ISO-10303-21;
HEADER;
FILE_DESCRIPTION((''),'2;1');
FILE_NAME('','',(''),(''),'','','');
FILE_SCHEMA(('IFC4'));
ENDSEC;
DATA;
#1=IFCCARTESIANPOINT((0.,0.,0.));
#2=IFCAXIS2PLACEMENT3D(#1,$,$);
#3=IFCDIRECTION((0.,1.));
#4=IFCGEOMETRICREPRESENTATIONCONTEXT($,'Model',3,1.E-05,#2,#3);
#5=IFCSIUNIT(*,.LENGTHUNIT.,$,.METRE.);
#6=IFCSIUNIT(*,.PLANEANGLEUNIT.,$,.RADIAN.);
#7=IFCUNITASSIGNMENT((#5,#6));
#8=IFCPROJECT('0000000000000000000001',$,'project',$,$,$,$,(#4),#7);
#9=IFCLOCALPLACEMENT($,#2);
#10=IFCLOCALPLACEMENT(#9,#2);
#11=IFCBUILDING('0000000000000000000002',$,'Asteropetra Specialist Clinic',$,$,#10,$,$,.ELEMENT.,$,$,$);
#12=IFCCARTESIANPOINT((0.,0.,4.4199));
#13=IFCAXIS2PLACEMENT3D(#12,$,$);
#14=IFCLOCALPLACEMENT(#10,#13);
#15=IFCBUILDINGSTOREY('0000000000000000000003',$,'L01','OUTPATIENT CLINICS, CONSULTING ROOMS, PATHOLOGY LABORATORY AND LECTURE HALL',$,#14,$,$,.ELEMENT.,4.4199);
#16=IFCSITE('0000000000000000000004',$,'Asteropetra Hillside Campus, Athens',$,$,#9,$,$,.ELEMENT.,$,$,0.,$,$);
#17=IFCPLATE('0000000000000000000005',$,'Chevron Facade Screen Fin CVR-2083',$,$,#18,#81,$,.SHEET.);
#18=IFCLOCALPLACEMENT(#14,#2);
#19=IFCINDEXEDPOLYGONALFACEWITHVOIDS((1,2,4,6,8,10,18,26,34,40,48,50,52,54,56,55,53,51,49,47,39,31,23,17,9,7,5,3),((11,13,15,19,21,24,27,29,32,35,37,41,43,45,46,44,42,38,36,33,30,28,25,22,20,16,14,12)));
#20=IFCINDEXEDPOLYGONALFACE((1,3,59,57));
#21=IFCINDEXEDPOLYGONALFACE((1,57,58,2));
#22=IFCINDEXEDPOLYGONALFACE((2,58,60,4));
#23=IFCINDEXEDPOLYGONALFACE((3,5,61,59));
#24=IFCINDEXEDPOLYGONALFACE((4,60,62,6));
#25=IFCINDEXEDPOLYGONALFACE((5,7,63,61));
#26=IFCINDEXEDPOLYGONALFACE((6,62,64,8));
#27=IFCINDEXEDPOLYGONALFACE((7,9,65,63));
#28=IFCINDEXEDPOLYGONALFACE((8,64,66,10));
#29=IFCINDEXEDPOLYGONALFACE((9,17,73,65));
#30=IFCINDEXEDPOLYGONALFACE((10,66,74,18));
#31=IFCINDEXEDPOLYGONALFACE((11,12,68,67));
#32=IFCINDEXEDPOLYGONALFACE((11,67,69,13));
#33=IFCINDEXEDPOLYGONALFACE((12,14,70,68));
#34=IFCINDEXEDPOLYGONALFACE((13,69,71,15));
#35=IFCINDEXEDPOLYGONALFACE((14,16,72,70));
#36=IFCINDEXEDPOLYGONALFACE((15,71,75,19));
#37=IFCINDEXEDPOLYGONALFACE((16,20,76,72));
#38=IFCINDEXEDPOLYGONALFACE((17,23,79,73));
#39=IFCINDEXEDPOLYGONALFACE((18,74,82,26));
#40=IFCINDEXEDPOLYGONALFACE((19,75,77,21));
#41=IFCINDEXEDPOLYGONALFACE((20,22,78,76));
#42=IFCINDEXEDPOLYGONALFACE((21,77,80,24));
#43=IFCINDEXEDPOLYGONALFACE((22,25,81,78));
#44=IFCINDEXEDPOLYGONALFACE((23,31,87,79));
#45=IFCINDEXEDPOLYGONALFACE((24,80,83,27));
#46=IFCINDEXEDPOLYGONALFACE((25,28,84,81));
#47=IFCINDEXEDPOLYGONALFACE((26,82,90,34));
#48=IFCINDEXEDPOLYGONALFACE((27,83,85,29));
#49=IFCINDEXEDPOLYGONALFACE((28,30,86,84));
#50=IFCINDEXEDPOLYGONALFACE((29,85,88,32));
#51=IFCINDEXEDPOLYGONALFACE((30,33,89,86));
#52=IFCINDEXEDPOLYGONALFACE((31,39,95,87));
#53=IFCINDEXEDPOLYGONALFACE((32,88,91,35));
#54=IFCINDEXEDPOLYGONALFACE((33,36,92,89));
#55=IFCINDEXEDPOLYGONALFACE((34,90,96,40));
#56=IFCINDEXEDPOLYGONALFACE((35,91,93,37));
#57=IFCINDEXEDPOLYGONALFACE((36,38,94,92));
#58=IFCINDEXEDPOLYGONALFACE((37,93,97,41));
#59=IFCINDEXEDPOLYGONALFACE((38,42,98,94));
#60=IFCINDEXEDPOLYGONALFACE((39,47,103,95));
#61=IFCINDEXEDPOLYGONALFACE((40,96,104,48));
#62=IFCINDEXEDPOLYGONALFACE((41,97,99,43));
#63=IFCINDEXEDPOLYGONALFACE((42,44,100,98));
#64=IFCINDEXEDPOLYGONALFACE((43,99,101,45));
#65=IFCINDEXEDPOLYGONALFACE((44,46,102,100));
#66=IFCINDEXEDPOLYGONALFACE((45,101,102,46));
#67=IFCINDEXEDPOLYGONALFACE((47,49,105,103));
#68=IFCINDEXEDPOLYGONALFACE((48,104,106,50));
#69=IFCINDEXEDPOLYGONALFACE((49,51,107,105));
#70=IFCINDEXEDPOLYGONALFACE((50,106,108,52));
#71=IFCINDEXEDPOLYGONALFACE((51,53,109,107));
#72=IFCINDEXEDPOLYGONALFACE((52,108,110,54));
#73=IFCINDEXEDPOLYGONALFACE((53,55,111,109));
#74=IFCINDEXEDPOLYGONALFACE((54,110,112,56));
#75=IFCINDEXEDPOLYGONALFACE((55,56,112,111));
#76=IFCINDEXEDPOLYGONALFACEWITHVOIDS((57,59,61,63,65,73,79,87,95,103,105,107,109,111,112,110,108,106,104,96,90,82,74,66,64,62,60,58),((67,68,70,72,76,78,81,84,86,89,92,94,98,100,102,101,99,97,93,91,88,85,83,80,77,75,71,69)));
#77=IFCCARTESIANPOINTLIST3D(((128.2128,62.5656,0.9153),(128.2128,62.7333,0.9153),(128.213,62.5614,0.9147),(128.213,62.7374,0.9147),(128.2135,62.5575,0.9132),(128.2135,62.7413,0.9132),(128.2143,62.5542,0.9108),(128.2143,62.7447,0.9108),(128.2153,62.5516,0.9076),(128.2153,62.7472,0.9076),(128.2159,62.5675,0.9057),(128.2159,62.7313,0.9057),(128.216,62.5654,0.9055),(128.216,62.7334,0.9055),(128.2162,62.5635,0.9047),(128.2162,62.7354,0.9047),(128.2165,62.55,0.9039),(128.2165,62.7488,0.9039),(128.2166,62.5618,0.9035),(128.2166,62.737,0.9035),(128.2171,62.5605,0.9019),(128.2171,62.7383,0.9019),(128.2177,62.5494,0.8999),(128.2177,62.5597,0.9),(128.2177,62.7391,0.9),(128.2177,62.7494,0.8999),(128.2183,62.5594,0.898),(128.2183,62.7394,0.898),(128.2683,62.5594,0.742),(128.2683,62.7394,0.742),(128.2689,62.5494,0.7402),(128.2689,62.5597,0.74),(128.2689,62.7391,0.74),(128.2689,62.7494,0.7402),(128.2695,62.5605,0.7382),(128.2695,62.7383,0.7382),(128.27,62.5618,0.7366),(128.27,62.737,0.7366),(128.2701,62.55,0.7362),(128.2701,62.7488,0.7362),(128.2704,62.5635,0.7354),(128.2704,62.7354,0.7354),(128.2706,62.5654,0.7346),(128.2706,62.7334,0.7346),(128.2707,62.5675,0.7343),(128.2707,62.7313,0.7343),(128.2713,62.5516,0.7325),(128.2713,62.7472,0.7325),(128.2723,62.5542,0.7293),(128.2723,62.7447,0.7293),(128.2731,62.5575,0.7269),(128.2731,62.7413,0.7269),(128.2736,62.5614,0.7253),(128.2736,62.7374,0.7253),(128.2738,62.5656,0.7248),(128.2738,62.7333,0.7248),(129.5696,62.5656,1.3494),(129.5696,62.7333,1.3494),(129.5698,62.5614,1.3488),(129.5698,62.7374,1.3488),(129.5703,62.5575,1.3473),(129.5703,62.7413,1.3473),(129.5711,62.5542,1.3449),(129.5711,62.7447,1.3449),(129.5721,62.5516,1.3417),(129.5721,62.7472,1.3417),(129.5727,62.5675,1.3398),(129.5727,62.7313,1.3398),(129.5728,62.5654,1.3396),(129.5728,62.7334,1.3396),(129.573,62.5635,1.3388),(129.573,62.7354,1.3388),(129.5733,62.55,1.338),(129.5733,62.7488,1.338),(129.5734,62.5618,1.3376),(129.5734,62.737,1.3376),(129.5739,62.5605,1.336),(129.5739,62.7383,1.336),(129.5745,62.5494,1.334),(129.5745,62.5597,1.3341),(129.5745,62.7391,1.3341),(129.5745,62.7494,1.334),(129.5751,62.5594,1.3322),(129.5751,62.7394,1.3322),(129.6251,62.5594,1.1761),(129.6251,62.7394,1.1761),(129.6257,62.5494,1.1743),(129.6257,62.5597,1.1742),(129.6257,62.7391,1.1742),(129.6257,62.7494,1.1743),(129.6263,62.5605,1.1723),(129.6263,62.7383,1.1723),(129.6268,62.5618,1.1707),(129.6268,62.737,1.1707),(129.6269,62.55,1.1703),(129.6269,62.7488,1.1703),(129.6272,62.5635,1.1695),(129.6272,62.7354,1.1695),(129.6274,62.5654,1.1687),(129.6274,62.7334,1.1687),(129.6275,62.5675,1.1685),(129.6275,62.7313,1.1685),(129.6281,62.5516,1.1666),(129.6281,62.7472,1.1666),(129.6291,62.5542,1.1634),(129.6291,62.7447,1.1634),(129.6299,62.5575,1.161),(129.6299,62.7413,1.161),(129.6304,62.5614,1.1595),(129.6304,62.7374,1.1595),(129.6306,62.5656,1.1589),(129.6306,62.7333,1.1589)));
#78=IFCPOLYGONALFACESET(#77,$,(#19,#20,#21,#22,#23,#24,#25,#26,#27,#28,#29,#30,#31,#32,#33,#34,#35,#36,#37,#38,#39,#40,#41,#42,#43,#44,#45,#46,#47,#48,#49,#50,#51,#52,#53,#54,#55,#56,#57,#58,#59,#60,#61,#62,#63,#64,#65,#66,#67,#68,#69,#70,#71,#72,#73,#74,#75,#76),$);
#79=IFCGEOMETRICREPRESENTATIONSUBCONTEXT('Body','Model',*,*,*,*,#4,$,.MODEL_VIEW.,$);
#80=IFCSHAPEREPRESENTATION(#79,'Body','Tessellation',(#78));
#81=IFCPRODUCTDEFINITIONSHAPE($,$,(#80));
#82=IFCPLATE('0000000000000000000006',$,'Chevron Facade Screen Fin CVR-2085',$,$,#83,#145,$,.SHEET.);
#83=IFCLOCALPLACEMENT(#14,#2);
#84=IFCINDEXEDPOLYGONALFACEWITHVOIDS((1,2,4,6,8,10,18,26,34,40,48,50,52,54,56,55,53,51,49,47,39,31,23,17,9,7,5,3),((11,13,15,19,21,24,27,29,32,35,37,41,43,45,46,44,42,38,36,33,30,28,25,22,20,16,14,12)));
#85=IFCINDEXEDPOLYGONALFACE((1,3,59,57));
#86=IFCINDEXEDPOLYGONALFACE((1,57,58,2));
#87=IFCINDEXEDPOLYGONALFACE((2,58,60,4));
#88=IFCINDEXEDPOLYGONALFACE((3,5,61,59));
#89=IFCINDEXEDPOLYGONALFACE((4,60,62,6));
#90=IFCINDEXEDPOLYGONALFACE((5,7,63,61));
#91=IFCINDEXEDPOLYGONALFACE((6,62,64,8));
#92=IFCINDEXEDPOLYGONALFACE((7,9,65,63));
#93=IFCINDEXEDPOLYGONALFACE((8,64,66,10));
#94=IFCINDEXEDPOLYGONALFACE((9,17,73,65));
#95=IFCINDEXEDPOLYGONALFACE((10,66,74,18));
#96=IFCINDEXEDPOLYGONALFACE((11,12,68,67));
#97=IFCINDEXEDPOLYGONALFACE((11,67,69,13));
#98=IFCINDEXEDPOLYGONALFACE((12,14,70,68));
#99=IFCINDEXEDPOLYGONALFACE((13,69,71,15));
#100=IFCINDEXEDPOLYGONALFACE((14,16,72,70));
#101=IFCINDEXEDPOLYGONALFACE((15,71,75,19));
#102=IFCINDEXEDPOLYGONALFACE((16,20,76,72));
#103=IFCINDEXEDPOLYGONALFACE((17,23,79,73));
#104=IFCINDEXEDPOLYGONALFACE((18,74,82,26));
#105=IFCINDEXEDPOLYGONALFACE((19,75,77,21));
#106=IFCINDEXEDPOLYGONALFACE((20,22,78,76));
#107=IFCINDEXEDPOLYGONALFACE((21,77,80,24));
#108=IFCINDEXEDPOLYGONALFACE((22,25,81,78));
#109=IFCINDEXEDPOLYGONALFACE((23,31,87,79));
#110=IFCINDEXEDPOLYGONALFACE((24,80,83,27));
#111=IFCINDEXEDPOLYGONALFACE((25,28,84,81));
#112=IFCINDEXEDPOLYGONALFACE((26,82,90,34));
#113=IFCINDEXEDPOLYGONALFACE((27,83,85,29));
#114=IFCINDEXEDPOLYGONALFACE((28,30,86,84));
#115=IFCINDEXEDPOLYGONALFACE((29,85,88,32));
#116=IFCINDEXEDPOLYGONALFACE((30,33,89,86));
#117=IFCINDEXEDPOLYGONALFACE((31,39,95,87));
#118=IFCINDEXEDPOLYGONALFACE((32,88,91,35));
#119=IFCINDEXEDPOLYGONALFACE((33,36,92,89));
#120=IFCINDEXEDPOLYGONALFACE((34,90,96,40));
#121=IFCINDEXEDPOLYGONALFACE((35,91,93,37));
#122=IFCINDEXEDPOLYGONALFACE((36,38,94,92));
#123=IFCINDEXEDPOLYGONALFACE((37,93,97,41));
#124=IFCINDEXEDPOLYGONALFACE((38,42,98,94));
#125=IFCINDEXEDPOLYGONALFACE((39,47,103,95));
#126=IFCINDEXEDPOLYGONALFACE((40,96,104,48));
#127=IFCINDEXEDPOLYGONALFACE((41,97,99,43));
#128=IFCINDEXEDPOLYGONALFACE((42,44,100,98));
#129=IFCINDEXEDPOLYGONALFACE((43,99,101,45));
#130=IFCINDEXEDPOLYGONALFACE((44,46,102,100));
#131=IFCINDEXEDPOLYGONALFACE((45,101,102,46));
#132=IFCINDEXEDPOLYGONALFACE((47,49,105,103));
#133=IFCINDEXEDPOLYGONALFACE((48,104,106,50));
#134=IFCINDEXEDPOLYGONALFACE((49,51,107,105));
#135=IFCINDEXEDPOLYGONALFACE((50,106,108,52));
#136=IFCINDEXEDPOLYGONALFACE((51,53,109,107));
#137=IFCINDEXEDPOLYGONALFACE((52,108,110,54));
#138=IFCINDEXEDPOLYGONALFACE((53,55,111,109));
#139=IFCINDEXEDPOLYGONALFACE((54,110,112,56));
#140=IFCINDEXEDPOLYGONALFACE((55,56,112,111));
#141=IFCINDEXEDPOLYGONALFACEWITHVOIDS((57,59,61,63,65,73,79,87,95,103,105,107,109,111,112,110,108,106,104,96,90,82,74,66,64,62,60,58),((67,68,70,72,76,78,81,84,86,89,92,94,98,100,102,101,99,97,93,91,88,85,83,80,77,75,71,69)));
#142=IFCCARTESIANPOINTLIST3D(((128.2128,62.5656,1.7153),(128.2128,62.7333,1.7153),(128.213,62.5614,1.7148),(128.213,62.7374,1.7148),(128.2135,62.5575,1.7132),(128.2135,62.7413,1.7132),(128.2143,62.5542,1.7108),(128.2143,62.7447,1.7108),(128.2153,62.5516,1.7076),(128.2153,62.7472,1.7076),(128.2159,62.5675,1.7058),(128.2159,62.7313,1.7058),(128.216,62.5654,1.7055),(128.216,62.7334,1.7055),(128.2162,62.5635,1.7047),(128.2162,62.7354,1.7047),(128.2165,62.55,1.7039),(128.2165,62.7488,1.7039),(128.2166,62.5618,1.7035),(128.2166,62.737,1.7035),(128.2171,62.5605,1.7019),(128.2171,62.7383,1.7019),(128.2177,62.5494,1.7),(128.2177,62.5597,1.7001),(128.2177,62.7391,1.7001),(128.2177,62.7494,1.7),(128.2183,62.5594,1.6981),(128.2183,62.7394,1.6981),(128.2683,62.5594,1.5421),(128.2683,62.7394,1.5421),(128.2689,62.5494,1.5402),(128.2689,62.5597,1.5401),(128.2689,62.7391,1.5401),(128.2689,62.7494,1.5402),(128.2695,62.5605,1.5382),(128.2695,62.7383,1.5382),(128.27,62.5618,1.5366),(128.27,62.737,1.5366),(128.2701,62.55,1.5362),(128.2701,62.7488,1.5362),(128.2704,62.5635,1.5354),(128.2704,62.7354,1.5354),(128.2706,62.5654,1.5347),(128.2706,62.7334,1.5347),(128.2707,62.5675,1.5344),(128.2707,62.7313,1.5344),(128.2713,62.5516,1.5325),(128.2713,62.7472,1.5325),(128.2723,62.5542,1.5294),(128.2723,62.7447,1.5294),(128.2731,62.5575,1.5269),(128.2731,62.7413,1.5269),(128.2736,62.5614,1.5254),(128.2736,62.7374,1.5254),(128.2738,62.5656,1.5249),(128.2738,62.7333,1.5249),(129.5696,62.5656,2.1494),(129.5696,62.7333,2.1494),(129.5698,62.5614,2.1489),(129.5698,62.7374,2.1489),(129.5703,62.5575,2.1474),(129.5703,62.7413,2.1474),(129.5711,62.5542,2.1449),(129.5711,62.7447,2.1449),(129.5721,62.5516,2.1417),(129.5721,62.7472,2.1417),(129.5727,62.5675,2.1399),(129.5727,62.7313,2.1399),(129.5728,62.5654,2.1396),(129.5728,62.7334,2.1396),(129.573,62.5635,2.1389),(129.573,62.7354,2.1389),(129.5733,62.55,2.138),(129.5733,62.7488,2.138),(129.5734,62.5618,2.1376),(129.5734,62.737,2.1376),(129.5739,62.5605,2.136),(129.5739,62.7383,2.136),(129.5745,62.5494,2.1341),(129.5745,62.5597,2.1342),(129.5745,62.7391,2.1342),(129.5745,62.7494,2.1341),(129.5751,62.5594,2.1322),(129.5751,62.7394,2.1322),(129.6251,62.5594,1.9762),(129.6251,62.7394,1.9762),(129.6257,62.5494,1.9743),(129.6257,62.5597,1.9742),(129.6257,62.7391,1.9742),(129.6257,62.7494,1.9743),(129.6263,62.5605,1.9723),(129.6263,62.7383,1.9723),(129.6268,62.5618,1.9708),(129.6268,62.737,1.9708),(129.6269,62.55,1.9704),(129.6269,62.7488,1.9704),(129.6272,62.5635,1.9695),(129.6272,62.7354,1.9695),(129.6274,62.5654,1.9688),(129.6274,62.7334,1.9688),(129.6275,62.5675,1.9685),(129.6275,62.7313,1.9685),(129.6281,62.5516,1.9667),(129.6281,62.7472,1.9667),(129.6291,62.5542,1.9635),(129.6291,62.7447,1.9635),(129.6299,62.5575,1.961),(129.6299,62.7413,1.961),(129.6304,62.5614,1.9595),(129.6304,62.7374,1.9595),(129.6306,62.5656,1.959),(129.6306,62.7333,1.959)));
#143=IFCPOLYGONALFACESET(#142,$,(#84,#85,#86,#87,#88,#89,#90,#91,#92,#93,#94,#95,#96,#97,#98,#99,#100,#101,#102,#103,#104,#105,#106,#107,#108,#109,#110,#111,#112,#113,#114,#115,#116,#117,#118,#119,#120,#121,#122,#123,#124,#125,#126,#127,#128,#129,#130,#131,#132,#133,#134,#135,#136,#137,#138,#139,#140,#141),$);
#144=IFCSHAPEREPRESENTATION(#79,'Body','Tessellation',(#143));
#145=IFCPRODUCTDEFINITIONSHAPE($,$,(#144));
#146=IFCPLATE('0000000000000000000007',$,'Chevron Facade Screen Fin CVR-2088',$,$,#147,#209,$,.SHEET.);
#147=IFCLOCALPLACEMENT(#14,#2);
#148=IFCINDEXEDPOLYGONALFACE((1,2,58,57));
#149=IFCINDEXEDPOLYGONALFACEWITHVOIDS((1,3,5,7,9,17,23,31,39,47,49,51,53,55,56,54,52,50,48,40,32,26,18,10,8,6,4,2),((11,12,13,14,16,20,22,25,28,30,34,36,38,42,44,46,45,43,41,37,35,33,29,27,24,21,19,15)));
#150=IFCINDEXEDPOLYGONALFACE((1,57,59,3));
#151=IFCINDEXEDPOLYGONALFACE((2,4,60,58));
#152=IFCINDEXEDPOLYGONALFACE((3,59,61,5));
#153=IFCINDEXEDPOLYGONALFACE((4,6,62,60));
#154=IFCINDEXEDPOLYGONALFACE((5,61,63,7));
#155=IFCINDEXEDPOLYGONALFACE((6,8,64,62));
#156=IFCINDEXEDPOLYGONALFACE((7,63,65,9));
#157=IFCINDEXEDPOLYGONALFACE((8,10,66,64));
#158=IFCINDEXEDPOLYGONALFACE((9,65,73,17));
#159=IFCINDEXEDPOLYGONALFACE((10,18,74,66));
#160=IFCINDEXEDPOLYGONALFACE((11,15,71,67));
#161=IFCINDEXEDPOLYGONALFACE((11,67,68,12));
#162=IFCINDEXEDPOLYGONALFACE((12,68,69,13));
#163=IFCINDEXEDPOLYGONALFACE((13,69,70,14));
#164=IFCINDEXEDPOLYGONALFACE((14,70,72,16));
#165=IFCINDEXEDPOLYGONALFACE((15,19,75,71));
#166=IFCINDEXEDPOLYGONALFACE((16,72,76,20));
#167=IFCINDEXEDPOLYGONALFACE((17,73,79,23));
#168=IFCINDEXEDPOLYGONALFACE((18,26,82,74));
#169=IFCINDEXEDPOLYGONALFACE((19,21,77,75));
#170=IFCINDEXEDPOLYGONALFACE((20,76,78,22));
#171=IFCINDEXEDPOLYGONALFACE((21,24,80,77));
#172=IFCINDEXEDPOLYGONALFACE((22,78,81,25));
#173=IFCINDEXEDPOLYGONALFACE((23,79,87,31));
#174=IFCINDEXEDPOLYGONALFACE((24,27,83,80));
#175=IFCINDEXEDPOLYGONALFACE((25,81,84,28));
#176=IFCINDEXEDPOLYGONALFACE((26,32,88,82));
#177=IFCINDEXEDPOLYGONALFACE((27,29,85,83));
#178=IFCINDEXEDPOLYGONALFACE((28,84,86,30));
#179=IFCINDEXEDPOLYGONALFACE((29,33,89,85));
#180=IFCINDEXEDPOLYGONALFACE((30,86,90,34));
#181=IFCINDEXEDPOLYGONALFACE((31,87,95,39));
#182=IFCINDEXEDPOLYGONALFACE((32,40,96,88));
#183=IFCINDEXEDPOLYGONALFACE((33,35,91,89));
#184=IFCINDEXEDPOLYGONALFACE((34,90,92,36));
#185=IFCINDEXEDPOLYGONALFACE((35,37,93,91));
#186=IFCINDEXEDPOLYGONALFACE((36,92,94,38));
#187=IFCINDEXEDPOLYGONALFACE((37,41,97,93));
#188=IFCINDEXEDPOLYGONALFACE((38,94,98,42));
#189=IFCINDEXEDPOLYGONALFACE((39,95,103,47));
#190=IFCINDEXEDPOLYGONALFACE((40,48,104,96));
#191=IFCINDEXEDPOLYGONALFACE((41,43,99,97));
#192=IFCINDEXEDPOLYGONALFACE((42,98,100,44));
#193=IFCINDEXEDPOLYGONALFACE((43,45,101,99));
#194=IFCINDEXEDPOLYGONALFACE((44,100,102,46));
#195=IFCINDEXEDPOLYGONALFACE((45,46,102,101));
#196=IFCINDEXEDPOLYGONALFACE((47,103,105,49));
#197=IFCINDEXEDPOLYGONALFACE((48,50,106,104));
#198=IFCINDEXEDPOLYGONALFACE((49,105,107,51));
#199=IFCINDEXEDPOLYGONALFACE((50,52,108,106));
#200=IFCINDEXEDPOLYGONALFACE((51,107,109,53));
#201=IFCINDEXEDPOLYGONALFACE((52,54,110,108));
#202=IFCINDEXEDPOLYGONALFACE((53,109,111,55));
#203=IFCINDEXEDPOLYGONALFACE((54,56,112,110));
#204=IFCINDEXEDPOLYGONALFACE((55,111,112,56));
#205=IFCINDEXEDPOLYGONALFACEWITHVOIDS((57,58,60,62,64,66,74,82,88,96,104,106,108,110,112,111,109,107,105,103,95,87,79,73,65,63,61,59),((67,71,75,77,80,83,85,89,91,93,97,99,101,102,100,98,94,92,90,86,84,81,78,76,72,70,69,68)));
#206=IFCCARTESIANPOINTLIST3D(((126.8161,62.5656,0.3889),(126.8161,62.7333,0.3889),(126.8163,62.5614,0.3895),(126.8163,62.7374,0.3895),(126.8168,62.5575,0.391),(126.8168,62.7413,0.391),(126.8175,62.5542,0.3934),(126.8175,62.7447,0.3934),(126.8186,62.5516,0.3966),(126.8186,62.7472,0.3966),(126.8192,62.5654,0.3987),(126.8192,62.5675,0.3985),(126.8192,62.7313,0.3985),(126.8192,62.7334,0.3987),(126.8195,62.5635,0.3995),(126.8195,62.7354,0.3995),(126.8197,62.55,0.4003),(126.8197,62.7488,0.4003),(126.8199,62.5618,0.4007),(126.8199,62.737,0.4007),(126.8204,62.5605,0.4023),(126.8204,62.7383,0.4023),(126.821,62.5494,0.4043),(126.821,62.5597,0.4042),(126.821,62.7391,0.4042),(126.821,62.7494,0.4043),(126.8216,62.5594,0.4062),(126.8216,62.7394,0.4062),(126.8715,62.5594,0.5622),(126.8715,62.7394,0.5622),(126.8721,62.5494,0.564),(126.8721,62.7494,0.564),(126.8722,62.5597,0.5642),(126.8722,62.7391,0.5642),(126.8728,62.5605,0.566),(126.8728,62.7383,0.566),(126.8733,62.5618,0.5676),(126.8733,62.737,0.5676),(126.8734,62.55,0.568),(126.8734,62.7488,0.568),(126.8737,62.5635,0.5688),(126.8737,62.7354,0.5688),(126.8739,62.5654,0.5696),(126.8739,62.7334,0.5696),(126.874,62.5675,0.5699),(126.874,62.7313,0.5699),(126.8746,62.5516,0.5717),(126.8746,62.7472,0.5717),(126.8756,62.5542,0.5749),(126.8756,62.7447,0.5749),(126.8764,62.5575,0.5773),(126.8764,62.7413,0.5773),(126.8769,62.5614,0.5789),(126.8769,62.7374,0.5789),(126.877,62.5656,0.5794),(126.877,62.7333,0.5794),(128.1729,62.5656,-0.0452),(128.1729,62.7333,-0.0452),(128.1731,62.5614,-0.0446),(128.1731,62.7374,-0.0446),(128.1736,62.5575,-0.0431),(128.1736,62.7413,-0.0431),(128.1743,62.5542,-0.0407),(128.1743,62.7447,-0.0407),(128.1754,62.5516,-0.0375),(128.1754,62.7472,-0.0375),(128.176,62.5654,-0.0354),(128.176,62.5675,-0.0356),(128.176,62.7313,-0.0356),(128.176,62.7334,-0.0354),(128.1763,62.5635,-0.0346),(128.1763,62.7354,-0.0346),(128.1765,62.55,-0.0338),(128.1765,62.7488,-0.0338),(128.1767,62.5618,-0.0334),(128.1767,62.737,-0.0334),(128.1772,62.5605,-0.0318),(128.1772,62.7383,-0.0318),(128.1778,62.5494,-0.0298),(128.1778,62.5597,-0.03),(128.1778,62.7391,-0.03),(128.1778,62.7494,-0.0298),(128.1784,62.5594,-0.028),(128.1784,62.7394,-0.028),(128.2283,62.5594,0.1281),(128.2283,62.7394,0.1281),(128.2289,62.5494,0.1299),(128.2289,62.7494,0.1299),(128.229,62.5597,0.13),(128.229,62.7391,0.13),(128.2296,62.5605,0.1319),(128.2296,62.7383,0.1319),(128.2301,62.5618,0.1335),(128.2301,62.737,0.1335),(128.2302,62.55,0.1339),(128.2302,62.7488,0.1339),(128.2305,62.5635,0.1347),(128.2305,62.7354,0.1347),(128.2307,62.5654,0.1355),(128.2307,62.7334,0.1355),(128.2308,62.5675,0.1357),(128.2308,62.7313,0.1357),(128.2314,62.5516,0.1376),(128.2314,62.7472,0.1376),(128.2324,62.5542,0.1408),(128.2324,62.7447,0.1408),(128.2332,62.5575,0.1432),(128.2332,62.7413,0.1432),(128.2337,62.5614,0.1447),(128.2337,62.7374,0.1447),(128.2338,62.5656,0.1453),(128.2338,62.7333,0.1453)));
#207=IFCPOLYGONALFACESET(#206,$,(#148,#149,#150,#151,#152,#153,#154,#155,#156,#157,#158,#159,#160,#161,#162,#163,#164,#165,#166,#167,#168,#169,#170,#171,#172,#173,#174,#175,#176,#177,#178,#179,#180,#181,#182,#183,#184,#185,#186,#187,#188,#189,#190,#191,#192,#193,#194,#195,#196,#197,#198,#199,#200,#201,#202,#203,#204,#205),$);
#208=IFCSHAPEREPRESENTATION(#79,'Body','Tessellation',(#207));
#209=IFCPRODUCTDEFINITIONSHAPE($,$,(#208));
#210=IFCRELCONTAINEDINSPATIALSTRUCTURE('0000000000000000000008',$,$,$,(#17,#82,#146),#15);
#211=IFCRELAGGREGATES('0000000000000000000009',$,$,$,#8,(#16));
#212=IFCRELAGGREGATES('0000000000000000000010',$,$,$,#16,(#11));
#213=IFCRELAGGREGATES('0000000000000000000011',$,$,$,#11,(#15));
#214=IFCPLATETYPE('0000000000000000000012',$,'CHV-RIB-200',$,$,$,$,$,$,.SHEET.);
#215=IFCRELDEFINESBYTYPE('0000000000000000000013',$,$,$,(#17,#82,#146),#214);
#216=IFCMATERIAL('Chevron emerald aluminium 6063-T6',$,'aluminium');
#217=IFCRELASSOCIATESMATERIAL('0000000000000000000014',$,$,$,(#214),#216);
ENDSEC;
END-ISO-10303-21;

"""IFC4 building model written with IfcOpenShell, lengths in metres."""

from ifc_helpers import new_model, si_unit, direction, frame, origin, origin_2d, place, context, subcontext, project, spatial, hollow_rectangle, extrude, material, material_profile, profile_set, type_object, element, save


model = new_model("IFC4")

# Units and contexts
model_context = context("Model", 3, precision=1e-05, world=origin(), true_north=direction((0.0, 1.0)))
body_context = subcontext(model_context, "Body", "Model", "MODEL_VIEW")
ifc_project = project(units=[si_unit("LENGTHUNIT", "METRE"), si_unit("PLANEANGLEUNIT", "RADIAN")], contexts=[model_context])

# Site, building, storey
site_placement = place(None, origin())
site = spatial("IfcSite", under=ifc_project, at=site_placement, Name="Asteropetra Hillside Campus, Athens", CompositionType="ELEMENT", RefElevation=0.0)
building_placement = place(site_placement, origin())
building = spatial("IfcBuilding", under=site, at=building_placement, Name="Asteropetra Specialist Clinic", CompositionType="ELEMENT")
storey_placement = place(building_placement, frame((0.0, 0.0, 4.4199)))
storey = spatial("IfcBuildingStorey", under=building, at=storey_placement, Name="L01", Description="OUTPATIENT CLINICS, CONSULTING ROOMS, PATHOLOGY LABORATORY AND LECTURE HALL", CompositionType="ELEMENT", Elevation=4.4199)

# Plates
ifc_material_1 = material(Name="Chevron emerald aluminium 6063-T6", Category="aluminium")
ifc_material_profile_1 = material_profile(ifc_material_1, hollow_rectangle(XDim=0.2, YDim=0.2, WallThickness=0.01, InnerFilletRadius=0.0081, OuterFilletRadius=0.0161, at=origin_2d()), Name="SHS 200x200x10.0")
ifc_profile_set_1 = profile_set([ifc_material_profile_1], Name="Chevron emerald aluminium 6063-T6")
plate_type_1 = type_object("IfcPlateType", Name="CHV-RIB-200", PredefinedType="SHEET", material=ifc_profile_set_1)
for number, where, z_axis, x_axis, name in (
    (1, (129.6001, 62.6494, 1.2542), (-0.952436, 0.0, -0.304738), (0.0, -1.0, 0.0), "Chevron Facade Screen Fin CVR-2083"),
    (2, (129.6001, 62.6494, 2.0542), (-0.952436, 0.0, -0.304738), (0.0, -1.0, 0.0), "Chevron Facade Screen Fin CVR-2085"),
    (3, (128.2034, 62.6494, 0.05), (-0.952436, 0.0, 0.304738), (0.0, -1.0, 0.0), "Chevron Facade Screen Fin CVR-2088"),
):
    element("IfcPlate", number, at=place(storey_placement, frame(where, z_axis=z_axis, x_axis=x_axis)), inside=storey, type_object=plate_type_1, Name=name, PredefinedType="SHEET", context=body_context, shape_type="SweptSolid", body=[
        extrude(hollow_rectangle(XDim=0.2, YDim=0.2, WallThickness=0.01, InnerFilletRadius=0.0081, OuterFilletRadius=0.0161, at=origin_2d()), origin(), (0.0, 0.0, 1.0), 1.4246),
    ])

save(model, "model.ifc")
